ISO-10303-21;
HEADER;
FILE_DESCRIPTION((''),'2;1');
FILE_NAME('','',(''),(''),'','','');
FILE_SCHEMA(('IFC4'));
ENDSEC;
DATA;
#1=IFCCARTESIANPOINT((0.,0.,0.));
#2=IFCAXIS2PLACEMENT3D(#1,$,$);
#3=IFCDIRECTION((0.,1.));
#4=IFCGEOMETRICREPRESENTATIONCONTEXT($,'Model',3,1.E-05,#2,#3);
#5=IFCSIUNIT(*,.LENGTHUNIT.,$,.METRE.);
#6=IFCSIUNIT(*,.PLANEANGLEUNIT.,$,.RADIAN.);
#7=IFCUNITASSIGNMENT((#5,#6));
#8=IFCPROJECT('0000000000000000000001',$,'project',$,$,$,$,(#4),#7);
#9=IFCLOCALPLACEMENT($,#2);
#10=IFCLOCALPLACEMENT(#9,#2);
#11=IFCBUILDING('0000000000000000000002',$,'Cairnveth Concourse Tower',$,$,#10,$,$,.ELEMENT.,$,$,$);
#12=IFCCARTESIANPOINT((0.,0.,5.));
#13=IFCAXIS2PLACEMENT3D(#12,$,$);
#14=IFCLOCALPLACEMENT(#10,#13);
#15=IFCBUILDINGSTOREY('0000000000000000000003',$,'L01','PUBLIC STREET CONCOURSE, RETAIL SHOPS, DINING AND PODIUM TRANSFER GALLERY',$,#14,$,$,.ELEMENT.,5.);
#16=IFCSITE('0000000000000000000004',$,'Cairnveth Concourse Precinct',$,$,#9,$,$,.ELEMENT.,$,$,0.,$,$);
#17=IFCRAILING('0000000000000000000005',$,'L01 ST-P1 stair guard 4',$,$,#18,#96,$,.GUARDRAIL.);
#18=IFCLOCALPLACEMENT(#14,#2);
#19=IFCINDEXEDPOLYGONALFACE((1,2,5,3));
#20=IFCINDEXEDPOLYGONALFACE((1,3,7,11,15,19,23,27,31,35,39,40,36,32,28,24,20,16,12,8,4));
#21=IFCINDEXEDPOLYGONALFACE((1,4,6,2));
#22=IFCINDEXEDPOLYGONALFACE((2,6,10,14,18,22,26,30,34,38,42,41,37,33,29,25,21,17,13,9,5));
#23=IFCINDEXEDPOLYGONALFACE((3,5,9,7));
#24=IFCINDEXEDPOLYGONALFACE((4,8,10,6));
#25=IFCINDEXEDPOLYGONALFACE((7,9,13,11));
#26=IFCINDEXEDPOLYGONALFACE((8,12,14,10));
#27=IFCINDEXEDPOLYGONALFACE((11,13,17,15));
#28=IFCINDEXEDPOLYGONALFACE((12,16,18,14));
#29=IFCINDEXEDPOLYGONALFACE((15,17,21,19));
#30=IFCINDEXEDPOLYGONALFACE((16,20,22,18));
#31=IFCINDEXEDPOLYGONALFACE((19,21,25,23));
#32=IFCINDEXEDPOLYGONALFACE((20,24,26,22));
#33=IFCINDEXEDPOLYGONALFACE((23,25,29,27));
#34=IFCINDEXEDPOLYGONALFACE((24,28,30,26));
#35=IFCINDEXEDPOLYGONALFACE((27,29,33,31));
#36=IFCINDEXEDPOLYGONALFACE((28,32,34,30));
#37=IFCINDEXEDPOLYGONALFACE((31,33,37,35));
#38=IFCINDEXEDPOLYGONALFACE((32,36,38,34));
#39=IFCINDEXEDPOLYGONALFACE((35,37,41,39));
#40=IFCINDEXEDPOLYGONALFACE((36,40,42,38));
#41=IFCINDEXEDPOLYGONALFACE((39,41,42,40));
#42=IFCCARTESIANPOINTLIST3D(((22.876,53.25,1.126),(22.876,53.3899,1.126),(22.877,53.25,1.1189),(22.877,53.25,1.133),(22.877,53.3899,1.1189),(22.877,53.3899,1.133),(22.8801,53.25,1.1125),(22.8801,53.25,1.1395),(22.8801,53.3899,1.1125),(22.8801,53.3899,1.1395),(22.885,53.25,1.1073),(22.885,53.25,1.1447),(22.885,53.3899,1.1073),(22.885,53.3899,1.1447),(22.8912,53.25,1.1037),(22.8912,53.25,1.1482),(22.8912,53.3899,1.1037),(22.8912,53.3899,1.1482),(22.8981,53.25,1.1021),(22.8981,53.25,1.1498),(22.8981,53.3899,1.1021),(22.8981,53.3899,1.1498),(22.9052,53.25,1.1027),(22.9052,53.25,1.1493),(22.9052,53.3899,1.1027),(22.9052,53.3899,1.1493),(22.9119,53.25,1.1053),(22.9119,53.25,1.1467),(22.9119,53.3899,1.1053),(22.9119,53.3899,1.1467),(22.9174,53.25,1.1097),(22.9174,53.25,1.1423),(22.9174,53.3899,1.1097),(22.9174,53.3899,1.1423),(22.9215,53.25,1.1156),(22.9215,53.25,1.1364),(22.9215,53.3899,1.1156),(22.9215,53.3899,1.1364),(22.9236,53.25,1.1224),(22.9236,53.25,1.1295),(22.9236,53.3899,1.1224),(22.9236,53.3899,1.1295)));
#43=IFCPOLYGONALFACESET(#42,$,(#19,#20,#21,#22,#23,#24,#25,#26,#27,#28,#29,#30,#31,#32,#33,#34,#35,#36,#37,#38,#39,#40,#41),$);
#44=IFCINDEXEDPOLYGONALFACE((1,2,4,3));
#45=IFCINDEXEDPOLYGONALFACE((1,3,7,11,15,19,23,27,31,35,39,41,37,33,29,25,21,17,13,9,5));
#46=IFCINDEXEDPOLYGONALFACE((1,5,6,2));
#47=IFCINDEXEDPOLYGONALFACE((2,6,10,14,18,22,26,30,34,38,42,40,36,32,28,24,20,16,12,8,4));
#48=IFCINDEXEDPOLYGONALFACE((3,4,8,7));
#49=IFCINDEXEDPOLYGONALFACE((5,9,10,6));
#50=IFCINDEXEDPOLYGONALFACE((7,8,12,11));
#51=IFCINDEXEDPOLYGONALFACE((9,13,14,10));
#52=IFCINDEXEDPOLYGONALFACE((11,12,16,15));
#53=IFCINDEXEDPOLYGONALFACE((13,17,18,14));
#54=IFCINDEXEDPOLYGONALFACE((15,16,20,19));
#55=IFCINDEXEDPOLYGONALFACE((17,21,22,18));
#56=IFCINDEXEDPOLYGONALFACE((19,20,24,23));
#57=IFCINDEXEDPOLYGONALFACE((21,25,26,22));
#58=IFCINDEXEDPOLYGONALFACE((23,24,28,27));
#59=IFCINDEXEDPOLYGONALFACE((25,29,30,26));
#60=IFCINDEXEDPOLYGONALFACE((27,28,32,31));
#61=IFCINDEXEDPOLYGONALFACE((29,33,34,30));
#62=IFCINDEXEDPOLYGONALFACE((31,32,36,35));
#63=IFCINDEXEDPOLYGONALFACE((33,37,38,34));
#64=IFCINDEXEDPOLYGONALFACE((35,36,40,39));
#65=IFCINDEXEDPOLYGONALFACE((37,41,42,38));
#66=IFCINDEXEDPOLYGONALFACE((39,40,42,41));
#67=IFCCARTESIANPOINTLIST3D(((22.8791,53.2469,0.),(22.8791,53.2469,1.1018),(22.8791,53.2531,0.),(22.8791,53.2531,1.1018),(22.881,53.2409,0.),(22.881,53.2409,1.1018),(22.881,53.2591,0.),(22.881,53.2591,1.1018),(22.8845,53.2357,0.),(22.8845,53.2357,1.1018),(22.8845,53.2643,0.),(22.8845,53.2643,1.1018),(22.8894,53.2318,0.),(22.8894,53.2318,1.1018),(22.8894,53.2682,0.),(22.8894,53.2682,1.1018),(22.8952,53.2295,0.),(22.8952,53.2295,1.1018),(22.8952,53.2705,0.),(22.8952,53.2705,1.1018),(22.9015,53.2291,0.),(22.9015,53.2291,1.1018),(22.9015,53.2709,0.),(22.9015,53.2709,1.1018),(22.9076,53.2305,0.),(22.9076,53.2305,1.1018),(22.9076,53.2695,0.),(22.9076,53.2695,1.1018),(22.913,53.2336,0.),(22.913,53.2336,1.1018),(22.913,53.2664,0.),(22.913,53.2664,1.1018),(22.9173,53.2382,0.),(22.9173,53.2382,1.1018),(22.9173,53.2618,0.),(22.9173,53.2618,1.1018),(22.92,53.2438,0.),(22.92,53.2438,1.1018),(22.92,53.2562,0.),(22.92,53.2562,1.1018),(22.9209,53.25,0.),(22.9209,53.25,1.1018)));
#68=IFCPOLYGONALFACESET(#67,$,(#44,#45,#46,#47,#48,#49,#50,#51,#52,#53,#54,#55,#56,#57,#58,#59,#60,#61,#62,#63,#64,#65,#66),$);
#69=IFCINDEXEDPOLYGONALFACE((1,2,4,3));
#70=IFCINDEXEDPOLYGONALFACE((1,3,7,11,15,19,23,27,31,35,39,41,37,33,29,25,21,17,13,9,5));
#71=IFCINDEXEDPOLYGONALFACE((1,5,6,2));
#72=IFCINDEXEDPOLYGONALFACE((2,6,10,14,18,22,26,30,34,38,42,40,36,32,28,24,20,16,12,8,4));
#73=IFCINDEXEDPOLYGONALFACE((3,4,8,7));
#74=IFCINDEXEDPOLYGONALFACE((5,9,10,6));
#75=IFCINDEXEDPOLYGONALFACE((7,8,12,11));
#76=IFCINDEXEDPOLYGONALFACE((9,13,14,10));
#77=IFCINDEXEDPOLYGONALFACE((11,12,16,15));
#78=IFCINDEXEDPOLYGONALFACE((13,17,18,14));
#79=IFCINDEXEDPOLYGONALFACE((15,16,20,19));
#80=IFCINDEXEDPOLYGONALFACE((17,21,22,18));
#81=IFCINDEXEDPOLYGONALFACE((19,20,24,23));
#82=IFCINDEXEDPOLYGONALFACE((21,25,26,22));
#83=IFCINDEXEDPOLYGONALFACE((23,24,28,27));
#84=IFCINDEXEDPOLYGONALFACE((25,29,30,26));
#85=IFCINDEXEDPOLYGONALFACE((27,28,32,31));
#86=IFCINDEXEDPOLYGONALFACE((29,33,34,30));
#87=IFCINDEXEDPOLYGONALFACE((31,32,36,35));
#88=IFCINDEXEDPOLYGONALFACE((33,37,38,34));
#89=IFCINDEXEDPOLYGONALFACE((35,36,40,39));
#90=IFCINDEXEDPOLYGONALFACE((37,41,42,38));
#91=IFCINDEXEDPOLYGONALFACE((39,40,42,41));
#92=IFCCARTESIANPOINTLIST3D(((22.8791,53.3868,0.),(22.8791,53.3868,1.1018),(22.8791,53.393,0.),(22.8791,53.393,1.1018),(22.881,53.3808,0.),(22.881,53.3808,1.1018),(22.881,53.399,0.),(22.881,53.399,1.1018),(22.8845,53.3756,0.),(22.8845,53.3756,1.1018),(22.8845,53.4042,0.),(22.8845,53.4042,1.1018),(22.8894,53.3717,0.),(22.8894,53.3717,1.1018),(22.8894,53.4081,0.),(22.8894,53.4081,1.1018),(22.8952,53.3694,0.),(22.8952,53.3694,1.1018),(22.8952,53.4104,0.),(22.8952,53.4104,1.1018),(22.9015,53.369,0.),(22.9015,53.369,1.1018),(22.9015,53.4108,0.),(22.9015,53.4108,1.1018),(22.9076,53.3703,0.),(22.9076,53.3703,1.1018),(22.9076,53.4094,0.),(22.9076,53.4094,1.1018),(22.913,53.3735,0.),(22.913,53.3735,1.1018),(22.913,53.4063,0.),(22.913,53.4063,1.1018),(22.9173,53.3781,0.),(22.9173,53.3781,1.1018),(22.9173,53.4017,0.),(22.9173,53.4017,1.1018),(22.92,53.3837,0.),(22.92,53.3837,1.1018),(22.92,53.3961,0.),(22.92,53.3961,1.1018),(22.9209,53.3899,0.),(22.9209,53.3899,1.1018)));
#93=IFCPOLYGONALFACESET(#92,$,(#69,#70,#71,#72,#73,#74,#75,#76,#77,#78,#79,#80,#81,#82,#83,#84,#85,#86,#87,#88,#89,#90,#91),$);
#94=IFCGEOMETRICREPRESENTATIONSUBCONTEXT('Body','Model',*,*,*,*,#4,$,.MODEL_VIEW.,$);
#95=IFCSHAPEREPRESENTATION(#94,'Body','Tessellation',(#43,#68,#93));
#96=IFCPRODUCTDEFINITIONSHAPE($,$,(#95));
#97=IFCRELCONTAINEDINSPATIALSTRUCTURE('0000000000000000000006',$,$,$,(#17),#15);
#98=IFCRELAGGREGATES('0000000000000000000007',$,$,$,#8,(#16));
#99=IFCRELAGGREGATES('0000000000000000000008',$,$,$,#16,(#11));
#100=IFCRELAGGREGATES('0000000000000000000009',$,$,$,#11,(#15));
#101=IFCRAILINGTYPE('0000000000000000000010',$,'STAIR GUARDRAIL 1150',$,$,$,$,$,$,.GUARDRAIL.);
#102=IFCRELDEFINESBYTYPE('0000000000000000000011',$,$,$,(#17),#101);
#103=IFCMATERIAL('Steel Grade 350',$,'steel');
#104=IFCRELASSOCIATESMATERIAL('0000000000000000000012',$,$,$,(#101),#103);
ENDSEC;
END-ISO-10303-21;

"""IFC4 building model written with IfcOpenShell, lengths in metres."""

from ifc_helpers import new_model, si_unit, direction, frame, origin, origin_2d, place, context, subcontext, project, spatial, circle, extrude, material, type_object, element, save


model = new_model("IFC4")

# Units and contexts
model_context = context("Model", 3, precision=1e-05, world=origin(), true_north=direction((0.0, 1.0)))
body_context = subcontext(model_context, "Body", "Model", "MODEL_VIEW")
ifc_project = project(units=[si_unit("LENGTHUNIT", "METRE"), si_unit("PLANEANGLEUNIT", "RADIAN")], contexts=[model_context])

# Site, building, storey
site_placement = place(None, origin())
site = spatial("IfcSite", under=ifc_project, at=site_placement, Name="Cairnveth Concourse Precinct", CompositionType="ELEMENT", RefElevation=0.0)
building_placement = place(site_placement, origin())
building = spatial("IfcBuilding", under=site, at=building_placement, Name="Cairnveth Concourse Tower", CompositionType="ELEMENT")
storey_placement = place(building_placement, frame((0.0, 0.0, 5.0)))
storey = spatial("IfcBuildingStorey", under=building, at=storey_placement, Name="L01", Description="PUBLIC STREET CONCOURSE, RETAIL SHOPS, DINING AND PODIUM TRANSFER GALLERY", CompositionType="ELEMENT", Elevation=5.0)

# Shared definitions
ifc_material_1 = material(Name="Steel Grade 350", Category="steel")

# Railing
railing_type_1 = type_object("IfcRailingType", Name="STAIR GUARDRAIL 1150", PredefinedType="GUARDRAIL", material=ifc_material_1)
railing_1_placement = place(storey_placement, frame((22.8999, 53.25, 0.0)))
element("IfcRailing", 1, at=railing_1_placement, inside=storey, type_object=railing_type_1, Name="L01 ST-P1 stair guard 4", PredefinedType="GUARDRAIL", context=body_context, shape_type="SweptSolid", body=[
    extrude(circle(Radius=0.0239, at=origin_2d()), frame((0.0, 0.0, 1.126), z_axis=(0.0, 1.0, 0.0), x_axis=(-1.0, 0.0, 0.0)), (0.0, 0.0, 1.0), 0.1399),
    extrude(circle(Radius=0.021, at=origin_2d()), origin(), (0.0, 0.0, 1.0), 1.1018),
    extrude(circle(Radius=0.021, at=origin_2d()), frame((0.0, 0.1399, 0.0)), (0.0, 0.0, 1.0), 1.1018),
])

save(model, "model.ifc")
